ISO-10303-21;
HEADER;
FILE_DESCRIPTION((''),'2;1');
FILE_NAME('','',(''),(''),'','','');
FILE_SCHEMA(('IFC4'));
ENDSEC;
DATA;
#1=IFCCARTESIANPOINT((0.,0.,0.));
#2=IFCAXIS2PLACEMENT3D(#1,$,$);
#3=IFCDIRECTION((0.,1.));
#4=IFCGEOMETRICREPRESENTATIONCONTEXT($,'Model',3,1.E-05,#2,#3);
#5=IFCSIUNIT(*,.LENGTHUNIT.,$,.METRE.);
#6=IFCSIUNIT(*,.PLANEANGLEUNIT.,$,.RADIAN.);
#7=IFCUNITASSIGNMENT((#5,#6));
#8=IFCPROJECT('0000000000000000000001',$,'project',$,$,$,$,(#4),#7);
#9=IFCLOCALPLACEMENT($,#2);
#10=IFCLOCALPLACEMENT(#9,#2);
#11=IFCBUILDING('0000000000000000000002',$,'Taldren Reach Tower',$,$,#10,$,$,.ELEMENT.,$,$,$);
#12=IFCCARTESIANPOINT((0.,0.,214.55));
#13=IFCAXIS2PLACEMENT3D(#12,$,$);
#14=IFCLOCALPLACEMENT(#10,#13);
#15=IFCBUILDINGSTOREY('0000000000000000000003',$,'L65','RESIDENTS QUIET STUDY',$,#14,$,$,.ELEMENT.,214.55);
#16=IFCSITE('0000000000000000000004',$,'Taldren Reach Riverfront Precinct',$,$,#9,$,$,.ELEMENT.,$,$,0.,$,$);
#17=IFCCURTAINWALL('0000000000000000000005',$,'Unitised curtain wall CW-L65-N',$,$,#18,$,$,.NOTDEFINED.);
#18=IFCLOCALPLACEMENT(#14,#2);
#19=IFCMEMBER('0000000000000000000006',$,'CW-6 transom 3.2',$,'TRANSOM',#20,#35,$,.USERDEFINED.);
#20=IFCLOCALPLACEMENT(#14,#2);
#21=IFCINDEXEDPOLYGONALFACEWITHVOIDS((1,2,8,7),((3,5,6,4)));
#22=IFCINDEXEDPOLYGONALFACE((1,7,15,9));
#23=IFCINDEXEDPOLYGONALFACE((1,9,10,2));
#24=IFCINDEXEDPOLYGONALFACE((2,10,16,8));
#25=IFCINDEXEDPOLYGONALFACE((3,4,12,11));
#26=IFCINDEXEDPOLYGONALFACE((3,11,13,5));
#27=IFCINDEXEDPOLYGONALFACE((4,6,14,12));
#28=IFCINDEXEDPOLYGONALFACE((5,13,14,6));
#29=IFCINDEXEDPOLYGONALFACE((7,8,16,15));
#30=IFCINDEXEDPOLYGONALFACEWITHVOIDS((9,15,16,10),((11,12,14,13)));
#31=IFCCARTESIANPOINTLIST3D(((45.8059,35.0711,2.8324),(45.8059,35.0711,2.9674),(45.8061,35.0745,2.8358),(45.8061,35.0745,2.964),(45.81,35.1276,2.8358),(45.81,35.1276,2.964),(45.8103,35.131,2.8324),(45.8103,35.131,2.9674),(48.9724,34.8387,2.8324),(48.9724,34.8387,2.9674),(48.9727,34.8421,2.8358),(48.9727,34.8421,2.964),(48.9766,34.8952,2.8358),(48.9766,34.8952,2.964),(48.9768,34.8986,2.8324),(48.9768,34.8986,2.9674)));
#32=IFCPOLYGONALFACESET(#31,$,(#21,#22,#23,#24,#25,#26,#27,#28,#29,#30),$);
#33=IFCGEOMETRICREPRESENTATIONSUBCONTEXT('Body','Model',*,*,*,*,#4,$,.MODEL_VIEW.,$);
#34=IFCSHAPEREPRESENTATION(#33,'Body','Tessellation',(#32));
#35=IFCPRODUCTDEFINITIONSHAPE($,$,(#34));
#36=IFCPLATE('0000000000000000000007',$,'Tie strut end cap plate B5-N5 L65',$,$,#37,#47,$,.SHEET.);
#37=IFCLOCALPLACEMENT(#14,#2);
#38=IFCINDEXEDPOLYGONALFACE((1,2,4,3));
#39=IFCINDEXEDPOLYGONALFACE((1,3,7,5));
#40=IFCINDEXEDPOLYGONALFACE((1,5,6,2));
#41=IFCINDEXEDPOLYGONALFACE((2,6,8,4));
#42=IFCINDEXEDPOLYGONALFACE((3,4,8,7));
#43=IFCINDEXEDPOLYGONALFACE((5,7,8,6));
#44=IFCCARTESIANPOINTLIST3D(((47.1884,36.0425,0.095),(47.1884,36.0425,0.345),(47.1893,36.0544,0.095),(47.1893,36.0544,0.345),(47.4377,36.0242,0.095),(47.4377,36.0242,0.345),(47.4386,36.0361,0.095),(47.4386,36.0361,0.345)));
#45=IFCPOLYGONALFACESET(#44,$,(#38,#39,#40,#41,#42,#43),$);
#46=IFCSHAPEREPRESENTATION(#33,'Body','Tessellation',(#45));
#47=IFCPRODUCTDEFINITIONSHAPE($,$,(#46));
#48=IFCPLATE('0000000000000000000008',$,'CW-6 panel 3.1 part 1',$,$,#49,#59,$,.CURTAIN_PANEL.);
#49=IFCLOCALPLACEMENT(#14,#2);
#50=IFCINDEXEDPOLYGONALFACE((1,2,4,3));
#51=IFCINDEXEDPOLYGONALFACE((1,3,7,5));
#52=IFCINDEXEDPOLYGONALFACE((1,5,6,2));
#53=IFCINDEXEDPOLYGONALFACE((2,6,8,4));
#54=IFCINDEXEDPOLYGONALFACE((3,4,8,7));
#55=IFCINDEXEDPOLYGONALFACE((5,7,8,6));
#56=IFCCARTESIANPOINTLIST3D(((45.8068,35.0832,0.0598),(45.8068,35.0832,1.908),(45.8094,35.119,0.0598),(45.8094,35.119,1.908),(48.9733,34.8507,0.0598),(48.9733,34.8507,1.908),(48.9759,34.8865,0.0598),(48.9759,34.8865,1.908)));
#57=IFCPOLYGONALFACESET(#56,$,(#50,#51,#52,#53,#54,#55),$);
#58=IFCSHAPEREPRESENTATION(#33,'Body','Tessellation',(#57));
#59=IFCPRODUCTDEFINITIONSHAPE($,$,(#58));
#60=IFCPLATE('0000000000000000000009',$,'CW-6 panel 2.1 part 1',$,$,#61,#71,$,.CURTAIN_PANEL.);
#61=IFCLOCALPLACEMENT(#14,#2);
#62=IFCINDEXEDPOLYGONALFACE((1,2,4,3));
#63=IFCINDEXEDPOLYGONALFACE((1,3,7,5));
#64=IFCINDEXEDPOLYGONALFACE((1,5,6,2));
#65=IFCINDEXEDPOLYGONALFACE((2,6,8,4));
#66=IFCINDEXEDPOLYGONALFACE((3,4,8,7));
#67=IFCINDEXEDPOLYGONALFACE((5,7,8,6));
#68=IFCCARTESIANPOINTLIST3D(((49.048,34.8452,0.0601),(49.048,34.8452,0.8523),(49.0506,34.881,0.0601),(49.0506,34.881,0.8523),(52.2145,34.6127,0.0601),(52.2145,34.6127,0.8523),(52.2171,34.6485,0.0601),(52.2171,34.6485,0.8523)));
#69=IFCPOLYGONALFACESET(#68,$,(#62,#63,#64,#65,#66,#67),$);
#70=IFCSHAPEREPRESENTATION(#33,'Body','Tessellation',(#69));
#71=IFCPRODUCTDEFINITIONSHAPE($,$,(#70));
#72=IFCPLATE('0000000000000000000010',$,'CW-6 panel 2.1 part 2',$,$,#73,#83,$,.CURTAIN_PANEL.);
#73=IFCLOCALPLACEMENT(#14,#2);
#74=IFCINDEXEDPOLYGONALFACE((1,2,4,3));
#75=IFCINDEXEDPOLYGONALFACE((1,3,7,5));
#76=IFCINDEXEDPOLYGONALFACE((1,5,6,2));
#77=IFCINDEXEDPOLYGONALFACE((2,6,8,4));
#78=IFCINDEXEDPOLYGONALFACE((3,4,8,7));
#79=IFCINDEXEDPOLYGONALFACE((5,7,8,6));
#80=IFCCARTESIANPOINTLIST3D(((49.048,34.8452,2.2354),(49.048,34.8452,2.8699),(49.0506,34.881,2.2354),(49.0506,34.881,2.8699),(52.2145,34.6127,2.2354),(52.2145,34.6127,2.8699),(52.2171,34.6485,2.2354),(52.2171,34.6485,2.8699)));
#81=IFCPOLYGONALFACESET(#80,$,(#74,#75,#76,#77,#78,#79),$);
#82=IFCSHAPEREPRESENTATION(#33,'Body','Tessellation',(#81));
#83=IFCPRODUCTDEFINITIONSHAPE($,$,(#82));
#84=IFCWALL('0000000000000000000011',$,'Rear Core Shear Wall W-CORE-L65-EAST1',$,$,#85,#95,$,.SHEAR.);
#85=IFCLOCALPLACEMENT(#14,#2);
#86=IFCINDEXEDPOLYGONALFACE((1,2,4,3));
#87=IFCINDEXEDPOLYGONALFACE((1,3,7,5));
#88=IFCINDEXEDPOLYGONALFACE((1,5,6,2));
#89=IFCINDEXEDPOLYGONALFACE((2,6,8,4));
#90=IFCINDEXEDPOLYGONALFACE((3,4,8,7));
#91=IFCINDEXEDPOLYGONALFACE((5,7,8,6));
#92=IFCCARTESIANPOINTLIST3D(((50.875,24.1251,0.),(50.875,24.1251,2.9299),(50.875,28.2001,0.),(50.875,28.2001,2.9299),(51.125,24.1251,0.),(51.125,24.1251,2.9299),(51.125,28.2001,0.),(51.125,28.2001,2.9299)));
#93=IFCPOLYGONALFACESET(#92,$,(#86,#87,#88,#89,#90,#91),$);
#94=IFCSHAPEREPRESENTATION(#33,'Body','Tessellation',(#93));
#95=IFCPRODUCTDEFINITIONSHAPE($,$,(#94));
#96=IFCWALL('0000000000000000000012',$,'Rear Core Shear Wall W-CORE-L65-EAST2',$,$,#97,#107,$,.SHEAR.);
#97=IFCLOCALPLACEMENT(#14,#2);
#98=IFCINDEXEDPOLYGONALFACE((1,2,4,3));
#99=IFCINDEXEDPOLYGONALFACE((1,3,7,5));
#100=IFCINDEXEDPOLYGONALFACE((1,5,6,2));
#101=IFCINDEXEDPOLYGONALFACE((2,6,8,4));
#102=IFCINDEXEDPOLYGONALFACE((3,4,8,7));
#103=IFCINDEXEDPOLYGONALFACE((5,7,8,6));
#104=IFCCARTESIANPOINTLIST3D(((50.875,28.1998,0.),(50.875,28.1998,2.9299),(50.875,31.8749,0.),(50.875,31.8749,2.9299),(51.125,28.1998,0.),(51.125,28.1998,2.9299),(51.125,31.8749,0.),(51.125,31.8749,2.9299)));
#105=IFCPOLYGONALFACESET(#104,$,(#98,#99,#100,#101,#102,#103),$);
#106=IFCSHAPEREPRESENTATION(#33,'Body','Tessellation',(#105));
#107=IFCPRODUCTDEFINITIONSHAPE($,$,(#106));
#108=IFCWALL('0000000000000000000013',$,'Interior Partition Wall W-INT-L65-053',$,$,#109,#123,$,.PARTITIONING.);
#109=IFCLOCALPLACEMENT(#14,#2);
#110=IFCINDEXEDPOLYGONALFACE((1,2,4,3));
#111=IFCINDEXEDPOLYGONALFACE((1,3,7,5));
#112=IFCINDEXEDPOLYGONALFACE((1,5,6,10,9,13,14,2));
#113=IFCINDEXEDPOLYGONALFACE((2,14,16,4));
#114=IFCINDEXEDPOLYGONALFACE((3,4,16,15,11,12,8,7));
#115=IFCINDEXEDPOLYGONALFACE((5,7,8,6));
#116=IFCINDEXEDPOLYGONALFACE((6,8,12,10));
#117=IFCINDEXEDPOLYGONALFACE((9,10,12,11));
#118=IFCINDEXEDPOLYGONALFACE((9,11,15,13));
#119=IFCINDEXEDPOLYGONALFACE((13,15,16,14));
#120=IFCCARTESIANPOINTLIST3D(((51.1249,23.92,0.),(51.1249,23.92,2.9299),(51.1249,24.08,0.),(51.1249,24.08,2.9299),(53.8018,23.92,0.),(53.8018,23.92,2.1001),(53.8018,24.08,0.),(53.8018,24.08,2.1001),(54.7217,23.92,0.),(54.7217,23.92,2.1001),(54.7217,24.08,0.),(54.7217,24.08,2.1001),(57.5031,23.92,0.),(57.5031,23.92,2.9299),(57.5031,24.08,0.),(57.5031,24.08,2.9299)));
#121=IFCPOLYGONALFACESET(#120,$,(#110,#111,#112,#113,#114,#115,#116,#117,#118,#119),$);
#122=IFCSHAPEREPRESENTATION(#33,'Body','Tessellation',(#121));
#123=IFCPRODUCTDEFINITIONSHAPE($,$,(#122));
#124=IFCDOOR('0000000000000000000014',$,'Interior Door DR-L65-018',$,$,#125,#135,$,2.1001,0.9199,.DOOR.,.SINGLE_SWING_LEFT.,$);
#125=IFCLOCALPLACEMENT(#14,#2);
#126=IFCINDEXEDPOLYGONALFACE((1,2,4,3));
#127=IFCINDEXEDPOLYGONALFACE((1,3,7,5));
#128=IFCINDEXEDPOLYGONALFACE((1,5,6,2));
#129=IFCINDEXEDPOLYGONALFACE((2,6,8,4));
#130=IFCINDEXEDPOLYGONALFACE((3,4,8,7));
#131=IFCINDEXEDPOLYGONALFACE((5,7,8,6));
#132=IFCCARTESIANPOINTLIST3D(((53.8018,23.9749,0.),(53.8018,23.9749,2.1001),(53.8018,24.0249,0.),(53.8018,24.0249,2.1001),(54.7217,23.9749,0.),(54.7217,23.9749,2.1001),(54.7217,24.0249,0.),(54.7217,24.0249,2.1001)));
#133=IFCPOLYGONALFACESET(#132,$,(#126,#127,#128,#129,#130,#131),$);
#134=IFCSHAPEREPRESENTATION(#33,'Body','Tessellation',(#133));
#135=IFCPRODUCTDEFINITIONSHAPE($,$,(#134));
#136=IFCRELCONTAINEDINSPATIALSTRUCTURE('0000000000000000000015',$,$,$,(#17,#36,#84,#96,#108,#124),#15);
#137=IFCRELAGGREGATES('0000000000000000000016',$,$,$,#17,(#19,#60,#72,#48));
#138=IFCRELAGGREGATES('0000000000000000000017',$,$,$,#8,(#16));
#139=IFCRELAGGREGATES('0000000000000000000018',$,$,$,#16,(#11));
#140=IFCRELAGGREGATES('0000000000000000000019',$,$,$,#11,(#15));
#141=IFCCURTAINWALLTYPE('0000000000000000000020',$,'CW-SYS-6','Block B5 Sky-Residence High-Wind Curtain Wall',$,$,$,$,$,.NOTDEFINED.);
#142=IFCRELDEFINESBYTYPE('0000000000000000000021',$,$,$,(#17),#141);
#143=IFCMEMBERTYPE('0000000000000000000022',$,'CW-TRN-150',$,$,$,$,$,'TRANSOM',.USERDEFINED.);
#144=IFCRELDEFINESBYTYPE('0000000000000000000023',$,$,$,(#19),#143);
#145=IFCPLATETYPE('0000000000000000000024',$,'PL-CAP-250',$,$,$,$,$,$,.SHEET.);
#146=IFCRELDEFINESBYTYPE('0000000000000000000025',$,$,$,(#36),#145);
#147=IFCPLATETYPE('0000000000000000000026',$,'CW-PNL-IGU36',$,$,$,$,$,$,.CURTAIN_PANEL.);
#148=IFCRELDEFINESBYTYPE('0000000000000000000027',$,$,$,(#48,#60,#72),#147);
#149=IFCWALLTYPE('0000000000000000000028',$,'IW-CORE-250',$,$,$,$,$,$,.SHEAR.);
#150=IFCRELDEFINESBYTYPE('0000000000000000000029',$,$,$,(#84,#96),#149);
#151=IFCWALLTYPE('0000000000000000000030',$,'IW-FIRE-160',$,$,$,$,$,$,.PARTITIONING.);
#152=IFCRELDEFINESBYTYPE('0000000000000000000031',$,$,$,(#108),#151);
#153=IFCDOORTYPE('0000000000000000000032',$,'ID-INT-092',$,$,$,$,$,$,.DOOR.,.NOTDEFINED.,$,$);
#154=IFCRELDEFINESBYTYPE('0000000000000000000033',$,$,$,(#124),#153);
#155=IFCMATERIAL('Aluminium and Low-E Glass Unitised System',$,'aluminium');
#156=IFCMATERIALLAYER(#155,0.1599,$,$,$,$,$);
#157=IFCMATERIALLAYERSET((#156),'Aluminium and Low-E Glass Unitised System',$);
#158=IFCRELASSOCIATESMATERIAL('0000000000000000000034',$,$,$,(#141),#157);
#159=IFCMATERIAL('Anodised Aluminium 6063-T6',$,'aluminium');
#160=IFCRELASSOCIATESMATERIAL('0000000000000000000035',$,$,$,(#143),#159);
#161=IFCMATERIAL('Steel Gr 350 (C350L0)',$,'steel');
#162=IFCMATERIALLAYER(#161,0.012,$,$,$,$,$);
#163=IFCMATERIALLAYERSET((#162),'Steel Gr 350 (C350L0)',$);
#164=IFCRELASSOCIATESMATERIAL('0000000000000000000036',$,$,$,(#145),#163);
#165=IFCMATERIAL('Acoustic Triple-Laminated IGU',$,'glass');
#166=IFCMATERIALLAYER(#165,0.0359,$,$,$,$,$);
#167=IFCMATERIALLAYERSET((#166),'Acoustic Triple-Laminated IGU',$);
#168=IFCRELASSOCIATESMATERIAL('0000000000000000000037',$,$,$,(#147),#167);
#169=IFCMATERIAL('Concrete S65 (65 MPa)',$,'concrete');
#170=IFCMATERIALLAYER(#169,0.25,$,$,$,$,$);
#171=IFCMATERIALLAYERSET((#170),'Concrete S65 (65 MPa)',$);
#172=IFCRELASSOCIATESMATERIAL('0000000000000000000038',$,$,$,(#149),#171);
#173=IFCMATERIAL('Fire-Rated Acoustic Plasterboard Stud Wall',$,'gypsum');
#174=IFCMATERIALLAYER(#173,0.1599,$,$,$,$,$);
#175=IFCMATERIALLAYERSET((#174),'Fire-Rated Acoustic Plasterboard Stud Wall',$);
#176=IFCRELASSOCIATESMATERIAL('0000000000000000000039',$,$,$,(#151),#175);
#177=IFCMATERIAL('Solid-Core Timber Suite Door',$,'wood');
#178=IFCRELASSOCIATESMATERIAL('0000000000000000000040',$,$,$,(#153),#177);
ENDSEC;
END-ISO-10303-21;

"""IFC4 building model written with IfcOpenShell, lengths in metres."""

from ifc_helpers import new_model, si_unit, direction, frame, frame_2d, origin, origin_2d, place, context, subcontext, project, spatial, rectangle, hollow_rectangle, extrude, source, transform, mapped, material, layer, layer_set, material_profile, profile_set, type_object, element, fill, aggregate, save


model = new_model("IFC4")

# Units and contexts
model_context = context("Model", 3, precision=1e-05, world=origin(), true_north=direction((0.0, 1.0)))
body_context = subcontext(model_context, "Body", "Model", "MODEL_VIEW")
ifc_project = project(units=[si_unit("LENGTHUNIT", "METRE"), si_unit("PLANEANGLEUNIT", "RADIAN")], contexts=[model_context])

# Site, building, storey
site_placement = place(None, origin())
site = spatial("IfcSite", under=ifc_project, at=site_placement, Name="Taldren Reach Riverfront Precinct", CompositionType="ELEMENT", RefElevation=0.0)
building_placement = place(site_placement, origin())
building = spatial("IfcBuilding", under=site, at=building_placement, Name="Taldren Reach Tower", CompositionType="ELEMENT")
storey_placement = place(building_placement, frame((0.0, 0.0, 214.55)))
storey = spatial("IfcBuildingStorey", under=building, at=storey_placement, Name="L65", Description="RESIDENTS QUIET STUDY", CompositionType="ELEMENT", Elevation=214.55)

# Shared definitions
ifc_material_1 = material(Name="Steel Gr 350 (C350L0)", Category="steel")

# Curtain wall, member
ifc_material_2 = material(Name="Aluminium and Low-E Glass Unitised System", Category="aluminium")
ifc_layer_1 = layer(ifc_material_2, 0.1599)
ifc_layer_set_1 = layer_set([ifc_layer_1], Name="Aluminium and Low-E Glass Unitised System")
curtain_wall_type = type_object("IfcCurtainWallType", Name="CW-SYS-6", Description="Block B5 Sky-Residence High-Wind Curtain Wall", PredefinedType="NOTDEFINED", material=ifc_layer_set_1)
curtain_wall_placement = place(storey_placement, origin())
curtain_wall = element("IfcCurtainWall", 1, at=curtain_wall_placement, inside=storey, type_object=curtain_wall_type, Name="Unitised curtain wall CW-L65-N", PredefinedType="NOTDEFINED")
ifc_material_3 = material(Name="Anodised Aluminium 6063-T6", Category="aluminium")
ifc_material_profile_1 = material_profile(ifc_material_3, hollow_rectangle(XDim=0.0601, YDim=0.135, WallThickness=0.0034, at=origin_2d()), Name="ALU-135x60x3.5RHS")
ifc_profile_set_1 = profile_set([ifc_material_profile_1], Name="Anodised Aluminium 6063-T6")
member_type_1 = type_object("IfcMemberType", Name="CW-TRN-150", ElementType="TRANSOM", PredefinedType="USERDEFINED", material=ifc_profile_set_1)
shared_shape_1 = source(origin(), body_context, "Body", "SweptSolid", [
    extrude(hollow_rectangle(XDim=0.0601, YDim=0.135, WallThickness=0.0034, at=origin_2d()), origin(), (0.0, 0.0, 1.0), 3.175),
])
member_1_placement = place(storey_placement, frame((48.9746, 34.8687, 2.8999), z_axis=(-0.997317, 0.073203, 0.0), x_axis=(-0.073203, -0.997317, 0.0)))
member_1 = element("IfcMember", 2, at=member_1_placement, type_object=member_type_1, Name="CW-6 transom 3.2", ObjectType="TRANSOM", PredefinedType="USERDEFINED", context=body_context, shape_type="MappedRepresentation", body=[
    mapped(shared_shape_1, transform((0.0, 0.0, 0.0), scale=1.0)),
])

# Plates
ifc_layer_2 = layer(ifc_material_1, 0.012)
ifc_layer_set_2 = layer_set([ifc_layer_2], Name="Steel Gr 350 (C350L0)")
plate_type_1 = type_object("IfcPlateType", Name="PL-CAP-250", PredefinedType="SHEET", material=ifc_layer_set_2)
shared_shape_2 = source(origin(), body_context, "Body", "SweptSolid", [
    extrude(rectangle(XDim=0.25, YDim=0.012, at=origin_2d()), origin(), (0.0, 0.0, 1.0), 0.25),
])
plate_1_placement = place(storey_placement, frame((47.3135, 36.0393, 0.095), z_axis=(0.0, 0.0, 1.0), x_axis=(0.997314, -0.073238, 0.0)))
element("IfcPlate", 3, at=plate_1_placement, inside=storey, type_object=plate_type_1, Name="Tie strut end cap plate B5-N5 L65", PredefinedType="SHEET", context=body_context, shape_type="MappedRepresentation", body=[
    mapped(shared_shape_2, transform((0.0, 0.0, 0.0), scale=1.0)),
])
ifc_material_4 = material(Name="Acoustic Triple-Laminated IGU", Category="glass")
ifc_layer_3 = layer(ifc_material_4, 0.0359)
ifc_layer_set_3 = layer_set([ifc_layer_3], Name="Acoustic Triple-Laminated IGU")
plate_type_2 = type_object("IfcPlateType", Name="CW-PNL-IGU36", PredefinedType="CURTAIN_PANEL", material=ifc_layer_set_3)
shared_shape_3 = source(origin(), body_context, "Body", "SweptSolid", [
    extrude(rectangle(XDim=3.175, YDim=0.0359, at=origin_2d()), origin(), (0.0, 0.0, 1.0), 1.8481),
])
plate_2_placement = place(storey_placement, frame((47.3914, 34.9849, 0.0598), z_axis=(0.0, 0.0, 1.0), x_axis=(-0.997314, 0.073238, 0.0)))
plate_2 = element("IfcPlate", 4, at=plate_2_placement, type_object=plate_type_2, Name="CW-6 panel 3.1 part 1", PredefinedType="CURTAIN_PANEL", context=body_context, shape_type="MappedRepresentation", body=[
    mapped(shared_shape_3, transform((0.0, 0.0, 0.0), scale=1.0)),
])
shared_shape_4 = source(origin(), body_context, "Body", "SweptSolid", [
    extrude(rectangle(XDim=3.175, YDim=0.0359, at=origin_2d()), origin(), (0.0, 0.0, 1.0), 0.7922),
])
plate_3_placement = place(storey_placement, frame((50.6326, 34.7468, 0.0601), z_axis=(0.0, 0.0, 1.0), x_axis=(-0.997314, 0.073238, 0.0)))
plate_3 = element("IfcPlate", 5, at=plate_3_placement, type_object=plate_type_2, Name="CW-6 panel 2.1 part 1", PredefinedType="CURTAIN_PANEL", context=body_context, shape_type="MappedRepresentation", body=[
    mapped(shared_shape_4, transform((0.0, 0.0, 0.0), scale=1.0)),
])
shared_shape_5 = source(origin(), body_context, "Body", "SweptSolid", [
    extrude(rectangle(XDim=3.175, YDim=0.0359, at=origin_2d()), origin(), (0.0, 0.0, 1.0), 0.6345),
])
plate_4_placement = place(storey_placement, frame((50.6326, 34.7468, 2.2354), z_axis=(0.0, 0.0, 1.0), x_axis=(-0.997314, 0.073238, 0.0)))
plate_4 = element("IfcPlate", 6, at=plate_4_placement, type_object=plate_type_2, Name="CW-6 panel 2.1 part 2", PredefinedType="CURTAIN_PANEL", context=body_context, shape_type="MappedRepresentation", body=[
    mapped(shared_shape_5, transform((0.0, 0.0, 0.0), scale=1.0)),
])
aggregate(curtain_wall, [member_1, plate_3, plate_4, plate_2])

# Walls
ifc_material_5 = material(Name="Concrete S65 (65 MPa)", Category="concrete")
ifc_layer_4 = layer(ifc_material_5, 0.25)
ifc_layer_set_4 = layer_set([ifc_layer_4], Name="Concrete S65 (65 MPa)")
wall_type_1 = type_object("IfcWallType", Name="IW-CORE-250", PredefinedType="SHEAR", material=ifc_layer_set_4)
shared_shape_6 = source(origin(), body_context, "Body", "SweptSolid", [
    extrude(rectangle(XDim=4.075, YDim=0.25, at=frame_2d((2.0376, 0.0))), origin(), (0.0, 0.0, 1.0), 2.9299),
])
wall_1_placement = place(storey_placement, frame((51.0, 24.125, 0.0), z_axis=(0.0, 0.0, 1.0), x_axis=(0.0, 1.0, 0.0)))
element("IfcWall", 7, at=wall_1_placement, inside=storey, type_object=wall_type_1, Name="Rear Core Shear Wall W-CORE-L65-EAST1", PredefinedType="SHEAR", context=body_context, shape_type="MappedRepresentation", body=[
    mapped(shared_shape_6, transform((0.0, 0.0, 0.0), scale=1.0)),
])
shared_shape_7 = source(origin(), body_context, "Body", "SweptSolid", [
    extrude(rectangle(XDim=3.675, YDim=0.25, at=frame_2d((1.8374, 0.0))), origin(), (0.0, 0.0, 1.0), 2.9299),
])
wall_2_placement = place(storey_placement, frame((51.0, 28.2, 0.0), z_axis=(0.0, 0.0, 1.0), x_axis=(0.0, 1.0, 0.0)))
element("IfcWall", 8, at=wall_2_placement, inside=storey, type_object=wall_type_1, Name="Rear Core Shear Wall W-CORE-L65-EAST2", PredefinedType="SHEAR", context=body_context, shape_type="MappedRepresentation", body=[
    mapped(shared_shape_7, transform((0.0, 0.0, 0.0), scale=1.0)),
])

# Wall, opening, door
ifc_material_6 = material(Name="Fire-Rated Acoustic Plasterboard Stud Wall", Category="gypsum")
ifc_layer_5 = layer(ifc_material_6, 0.1599)
ifc_layer_set_5 = layer_set([ifc_layer_5], Name="Fire-Rated Acoustic Plasterboard Stud Wall")
wall_type_2 = type_object("IfcWallType", Name="IW-FIRE-160", PredefinedType="PARTITIONING", material=ifc_layer_set_5)
shared_shape_8 = source(origin(), body_context, "Body", "SweptSolid", [
    extrude(rectangle(XDim=6.3782, YDim=0.1599, at=frame_2d((3.189, 0.0))), origin(), (0.0, 0.0, 1.0), 2.9299),
])
wall_3_placement = place(storey_placement, frame((51.125, 24.0, 0.0), z_axis=(0.0, 0.0, 1.0), x_axis=(1.0, 0.0, 0.0)))
wall_3 = element("IfcWall", 9, at=wall_3_placement, inside=storey, type_object=wall_type_2, Name="Interior Partition Wall W-INT-L65-053", PredefinedType="PARTITIONING", context=body_context, shape_type="MappedRepresentation", body=[
    mapped(shared_shape_8, transform((0.0, 0.0, 0.0), scale=1.0)),
])
shared_shape_9 = source(origin(), body_context, "Body", "SweptSolid", [
    extrude(rectangle(XDim=0.9199, YDim=2.1001, at=frame_2d((0.46, 1.05))), frame((0.0, 0.0898, 0.0), z_axis=(0.0, -1.0, 0.0), x_axis=(1.0, 0.0, 0.0)), (0.0, 0.0, 1.0), 0.1799),
])
opening_placement = place(wall_3_placement, frame((2.6768, 0.0, 0.0)))
opening = element("IfcOpeningElement", 10, at=opening_placement, cuts=wall_3, PredefinedType="OPENING", context=body_context, shape_type="MappedRepresentation", body=[
    mapped(shared_shape_9, transform((0.0, 0.0, 0.0), scale=1.0)),
])
ifc_material_7 = material(Name="Solid-Core Timber Suite Door", Category="wood")
door_type = type_object("IfcDoorType", Name="ID-INT-092", OperationType="NOTDEFINED", PredefinedType="DOOR", material=ifc_material_7)
shared_shape_10 = source(origin(), body_context, "Body", "SweptSolid", [
    extrude(rectangle(XDim=0.9199, YDim=2.1001, at=frame_2d((0.46, 1.05))), frame((0.0, 0.0249, 0.0), z_axis=(0.0, -1.0, 0.0), x_axis=(1.0, 0.0, 0.0)), (0.0, 0.0, 1.0), 0.05),
])
door_placement = place(opening_placement, origin())
door = element("IfcDoor", 11, at=door_placement, inside=storey, type_object=door_type, Name="Interior Door DR-L65-018", OperationType="SINGLE_SWING_LEFT", OverallHeight=2.1001, OverallWidth=0.9199, PredefinedType="DOOR", context=body_context, shape_type="MappedRepresentation", body=[
    mapped(shared_shape_10, transform((0.0, 0.0, 0.0), scale=1.0)),
])
fill(opening, door)

save(model, "model.ifc")
